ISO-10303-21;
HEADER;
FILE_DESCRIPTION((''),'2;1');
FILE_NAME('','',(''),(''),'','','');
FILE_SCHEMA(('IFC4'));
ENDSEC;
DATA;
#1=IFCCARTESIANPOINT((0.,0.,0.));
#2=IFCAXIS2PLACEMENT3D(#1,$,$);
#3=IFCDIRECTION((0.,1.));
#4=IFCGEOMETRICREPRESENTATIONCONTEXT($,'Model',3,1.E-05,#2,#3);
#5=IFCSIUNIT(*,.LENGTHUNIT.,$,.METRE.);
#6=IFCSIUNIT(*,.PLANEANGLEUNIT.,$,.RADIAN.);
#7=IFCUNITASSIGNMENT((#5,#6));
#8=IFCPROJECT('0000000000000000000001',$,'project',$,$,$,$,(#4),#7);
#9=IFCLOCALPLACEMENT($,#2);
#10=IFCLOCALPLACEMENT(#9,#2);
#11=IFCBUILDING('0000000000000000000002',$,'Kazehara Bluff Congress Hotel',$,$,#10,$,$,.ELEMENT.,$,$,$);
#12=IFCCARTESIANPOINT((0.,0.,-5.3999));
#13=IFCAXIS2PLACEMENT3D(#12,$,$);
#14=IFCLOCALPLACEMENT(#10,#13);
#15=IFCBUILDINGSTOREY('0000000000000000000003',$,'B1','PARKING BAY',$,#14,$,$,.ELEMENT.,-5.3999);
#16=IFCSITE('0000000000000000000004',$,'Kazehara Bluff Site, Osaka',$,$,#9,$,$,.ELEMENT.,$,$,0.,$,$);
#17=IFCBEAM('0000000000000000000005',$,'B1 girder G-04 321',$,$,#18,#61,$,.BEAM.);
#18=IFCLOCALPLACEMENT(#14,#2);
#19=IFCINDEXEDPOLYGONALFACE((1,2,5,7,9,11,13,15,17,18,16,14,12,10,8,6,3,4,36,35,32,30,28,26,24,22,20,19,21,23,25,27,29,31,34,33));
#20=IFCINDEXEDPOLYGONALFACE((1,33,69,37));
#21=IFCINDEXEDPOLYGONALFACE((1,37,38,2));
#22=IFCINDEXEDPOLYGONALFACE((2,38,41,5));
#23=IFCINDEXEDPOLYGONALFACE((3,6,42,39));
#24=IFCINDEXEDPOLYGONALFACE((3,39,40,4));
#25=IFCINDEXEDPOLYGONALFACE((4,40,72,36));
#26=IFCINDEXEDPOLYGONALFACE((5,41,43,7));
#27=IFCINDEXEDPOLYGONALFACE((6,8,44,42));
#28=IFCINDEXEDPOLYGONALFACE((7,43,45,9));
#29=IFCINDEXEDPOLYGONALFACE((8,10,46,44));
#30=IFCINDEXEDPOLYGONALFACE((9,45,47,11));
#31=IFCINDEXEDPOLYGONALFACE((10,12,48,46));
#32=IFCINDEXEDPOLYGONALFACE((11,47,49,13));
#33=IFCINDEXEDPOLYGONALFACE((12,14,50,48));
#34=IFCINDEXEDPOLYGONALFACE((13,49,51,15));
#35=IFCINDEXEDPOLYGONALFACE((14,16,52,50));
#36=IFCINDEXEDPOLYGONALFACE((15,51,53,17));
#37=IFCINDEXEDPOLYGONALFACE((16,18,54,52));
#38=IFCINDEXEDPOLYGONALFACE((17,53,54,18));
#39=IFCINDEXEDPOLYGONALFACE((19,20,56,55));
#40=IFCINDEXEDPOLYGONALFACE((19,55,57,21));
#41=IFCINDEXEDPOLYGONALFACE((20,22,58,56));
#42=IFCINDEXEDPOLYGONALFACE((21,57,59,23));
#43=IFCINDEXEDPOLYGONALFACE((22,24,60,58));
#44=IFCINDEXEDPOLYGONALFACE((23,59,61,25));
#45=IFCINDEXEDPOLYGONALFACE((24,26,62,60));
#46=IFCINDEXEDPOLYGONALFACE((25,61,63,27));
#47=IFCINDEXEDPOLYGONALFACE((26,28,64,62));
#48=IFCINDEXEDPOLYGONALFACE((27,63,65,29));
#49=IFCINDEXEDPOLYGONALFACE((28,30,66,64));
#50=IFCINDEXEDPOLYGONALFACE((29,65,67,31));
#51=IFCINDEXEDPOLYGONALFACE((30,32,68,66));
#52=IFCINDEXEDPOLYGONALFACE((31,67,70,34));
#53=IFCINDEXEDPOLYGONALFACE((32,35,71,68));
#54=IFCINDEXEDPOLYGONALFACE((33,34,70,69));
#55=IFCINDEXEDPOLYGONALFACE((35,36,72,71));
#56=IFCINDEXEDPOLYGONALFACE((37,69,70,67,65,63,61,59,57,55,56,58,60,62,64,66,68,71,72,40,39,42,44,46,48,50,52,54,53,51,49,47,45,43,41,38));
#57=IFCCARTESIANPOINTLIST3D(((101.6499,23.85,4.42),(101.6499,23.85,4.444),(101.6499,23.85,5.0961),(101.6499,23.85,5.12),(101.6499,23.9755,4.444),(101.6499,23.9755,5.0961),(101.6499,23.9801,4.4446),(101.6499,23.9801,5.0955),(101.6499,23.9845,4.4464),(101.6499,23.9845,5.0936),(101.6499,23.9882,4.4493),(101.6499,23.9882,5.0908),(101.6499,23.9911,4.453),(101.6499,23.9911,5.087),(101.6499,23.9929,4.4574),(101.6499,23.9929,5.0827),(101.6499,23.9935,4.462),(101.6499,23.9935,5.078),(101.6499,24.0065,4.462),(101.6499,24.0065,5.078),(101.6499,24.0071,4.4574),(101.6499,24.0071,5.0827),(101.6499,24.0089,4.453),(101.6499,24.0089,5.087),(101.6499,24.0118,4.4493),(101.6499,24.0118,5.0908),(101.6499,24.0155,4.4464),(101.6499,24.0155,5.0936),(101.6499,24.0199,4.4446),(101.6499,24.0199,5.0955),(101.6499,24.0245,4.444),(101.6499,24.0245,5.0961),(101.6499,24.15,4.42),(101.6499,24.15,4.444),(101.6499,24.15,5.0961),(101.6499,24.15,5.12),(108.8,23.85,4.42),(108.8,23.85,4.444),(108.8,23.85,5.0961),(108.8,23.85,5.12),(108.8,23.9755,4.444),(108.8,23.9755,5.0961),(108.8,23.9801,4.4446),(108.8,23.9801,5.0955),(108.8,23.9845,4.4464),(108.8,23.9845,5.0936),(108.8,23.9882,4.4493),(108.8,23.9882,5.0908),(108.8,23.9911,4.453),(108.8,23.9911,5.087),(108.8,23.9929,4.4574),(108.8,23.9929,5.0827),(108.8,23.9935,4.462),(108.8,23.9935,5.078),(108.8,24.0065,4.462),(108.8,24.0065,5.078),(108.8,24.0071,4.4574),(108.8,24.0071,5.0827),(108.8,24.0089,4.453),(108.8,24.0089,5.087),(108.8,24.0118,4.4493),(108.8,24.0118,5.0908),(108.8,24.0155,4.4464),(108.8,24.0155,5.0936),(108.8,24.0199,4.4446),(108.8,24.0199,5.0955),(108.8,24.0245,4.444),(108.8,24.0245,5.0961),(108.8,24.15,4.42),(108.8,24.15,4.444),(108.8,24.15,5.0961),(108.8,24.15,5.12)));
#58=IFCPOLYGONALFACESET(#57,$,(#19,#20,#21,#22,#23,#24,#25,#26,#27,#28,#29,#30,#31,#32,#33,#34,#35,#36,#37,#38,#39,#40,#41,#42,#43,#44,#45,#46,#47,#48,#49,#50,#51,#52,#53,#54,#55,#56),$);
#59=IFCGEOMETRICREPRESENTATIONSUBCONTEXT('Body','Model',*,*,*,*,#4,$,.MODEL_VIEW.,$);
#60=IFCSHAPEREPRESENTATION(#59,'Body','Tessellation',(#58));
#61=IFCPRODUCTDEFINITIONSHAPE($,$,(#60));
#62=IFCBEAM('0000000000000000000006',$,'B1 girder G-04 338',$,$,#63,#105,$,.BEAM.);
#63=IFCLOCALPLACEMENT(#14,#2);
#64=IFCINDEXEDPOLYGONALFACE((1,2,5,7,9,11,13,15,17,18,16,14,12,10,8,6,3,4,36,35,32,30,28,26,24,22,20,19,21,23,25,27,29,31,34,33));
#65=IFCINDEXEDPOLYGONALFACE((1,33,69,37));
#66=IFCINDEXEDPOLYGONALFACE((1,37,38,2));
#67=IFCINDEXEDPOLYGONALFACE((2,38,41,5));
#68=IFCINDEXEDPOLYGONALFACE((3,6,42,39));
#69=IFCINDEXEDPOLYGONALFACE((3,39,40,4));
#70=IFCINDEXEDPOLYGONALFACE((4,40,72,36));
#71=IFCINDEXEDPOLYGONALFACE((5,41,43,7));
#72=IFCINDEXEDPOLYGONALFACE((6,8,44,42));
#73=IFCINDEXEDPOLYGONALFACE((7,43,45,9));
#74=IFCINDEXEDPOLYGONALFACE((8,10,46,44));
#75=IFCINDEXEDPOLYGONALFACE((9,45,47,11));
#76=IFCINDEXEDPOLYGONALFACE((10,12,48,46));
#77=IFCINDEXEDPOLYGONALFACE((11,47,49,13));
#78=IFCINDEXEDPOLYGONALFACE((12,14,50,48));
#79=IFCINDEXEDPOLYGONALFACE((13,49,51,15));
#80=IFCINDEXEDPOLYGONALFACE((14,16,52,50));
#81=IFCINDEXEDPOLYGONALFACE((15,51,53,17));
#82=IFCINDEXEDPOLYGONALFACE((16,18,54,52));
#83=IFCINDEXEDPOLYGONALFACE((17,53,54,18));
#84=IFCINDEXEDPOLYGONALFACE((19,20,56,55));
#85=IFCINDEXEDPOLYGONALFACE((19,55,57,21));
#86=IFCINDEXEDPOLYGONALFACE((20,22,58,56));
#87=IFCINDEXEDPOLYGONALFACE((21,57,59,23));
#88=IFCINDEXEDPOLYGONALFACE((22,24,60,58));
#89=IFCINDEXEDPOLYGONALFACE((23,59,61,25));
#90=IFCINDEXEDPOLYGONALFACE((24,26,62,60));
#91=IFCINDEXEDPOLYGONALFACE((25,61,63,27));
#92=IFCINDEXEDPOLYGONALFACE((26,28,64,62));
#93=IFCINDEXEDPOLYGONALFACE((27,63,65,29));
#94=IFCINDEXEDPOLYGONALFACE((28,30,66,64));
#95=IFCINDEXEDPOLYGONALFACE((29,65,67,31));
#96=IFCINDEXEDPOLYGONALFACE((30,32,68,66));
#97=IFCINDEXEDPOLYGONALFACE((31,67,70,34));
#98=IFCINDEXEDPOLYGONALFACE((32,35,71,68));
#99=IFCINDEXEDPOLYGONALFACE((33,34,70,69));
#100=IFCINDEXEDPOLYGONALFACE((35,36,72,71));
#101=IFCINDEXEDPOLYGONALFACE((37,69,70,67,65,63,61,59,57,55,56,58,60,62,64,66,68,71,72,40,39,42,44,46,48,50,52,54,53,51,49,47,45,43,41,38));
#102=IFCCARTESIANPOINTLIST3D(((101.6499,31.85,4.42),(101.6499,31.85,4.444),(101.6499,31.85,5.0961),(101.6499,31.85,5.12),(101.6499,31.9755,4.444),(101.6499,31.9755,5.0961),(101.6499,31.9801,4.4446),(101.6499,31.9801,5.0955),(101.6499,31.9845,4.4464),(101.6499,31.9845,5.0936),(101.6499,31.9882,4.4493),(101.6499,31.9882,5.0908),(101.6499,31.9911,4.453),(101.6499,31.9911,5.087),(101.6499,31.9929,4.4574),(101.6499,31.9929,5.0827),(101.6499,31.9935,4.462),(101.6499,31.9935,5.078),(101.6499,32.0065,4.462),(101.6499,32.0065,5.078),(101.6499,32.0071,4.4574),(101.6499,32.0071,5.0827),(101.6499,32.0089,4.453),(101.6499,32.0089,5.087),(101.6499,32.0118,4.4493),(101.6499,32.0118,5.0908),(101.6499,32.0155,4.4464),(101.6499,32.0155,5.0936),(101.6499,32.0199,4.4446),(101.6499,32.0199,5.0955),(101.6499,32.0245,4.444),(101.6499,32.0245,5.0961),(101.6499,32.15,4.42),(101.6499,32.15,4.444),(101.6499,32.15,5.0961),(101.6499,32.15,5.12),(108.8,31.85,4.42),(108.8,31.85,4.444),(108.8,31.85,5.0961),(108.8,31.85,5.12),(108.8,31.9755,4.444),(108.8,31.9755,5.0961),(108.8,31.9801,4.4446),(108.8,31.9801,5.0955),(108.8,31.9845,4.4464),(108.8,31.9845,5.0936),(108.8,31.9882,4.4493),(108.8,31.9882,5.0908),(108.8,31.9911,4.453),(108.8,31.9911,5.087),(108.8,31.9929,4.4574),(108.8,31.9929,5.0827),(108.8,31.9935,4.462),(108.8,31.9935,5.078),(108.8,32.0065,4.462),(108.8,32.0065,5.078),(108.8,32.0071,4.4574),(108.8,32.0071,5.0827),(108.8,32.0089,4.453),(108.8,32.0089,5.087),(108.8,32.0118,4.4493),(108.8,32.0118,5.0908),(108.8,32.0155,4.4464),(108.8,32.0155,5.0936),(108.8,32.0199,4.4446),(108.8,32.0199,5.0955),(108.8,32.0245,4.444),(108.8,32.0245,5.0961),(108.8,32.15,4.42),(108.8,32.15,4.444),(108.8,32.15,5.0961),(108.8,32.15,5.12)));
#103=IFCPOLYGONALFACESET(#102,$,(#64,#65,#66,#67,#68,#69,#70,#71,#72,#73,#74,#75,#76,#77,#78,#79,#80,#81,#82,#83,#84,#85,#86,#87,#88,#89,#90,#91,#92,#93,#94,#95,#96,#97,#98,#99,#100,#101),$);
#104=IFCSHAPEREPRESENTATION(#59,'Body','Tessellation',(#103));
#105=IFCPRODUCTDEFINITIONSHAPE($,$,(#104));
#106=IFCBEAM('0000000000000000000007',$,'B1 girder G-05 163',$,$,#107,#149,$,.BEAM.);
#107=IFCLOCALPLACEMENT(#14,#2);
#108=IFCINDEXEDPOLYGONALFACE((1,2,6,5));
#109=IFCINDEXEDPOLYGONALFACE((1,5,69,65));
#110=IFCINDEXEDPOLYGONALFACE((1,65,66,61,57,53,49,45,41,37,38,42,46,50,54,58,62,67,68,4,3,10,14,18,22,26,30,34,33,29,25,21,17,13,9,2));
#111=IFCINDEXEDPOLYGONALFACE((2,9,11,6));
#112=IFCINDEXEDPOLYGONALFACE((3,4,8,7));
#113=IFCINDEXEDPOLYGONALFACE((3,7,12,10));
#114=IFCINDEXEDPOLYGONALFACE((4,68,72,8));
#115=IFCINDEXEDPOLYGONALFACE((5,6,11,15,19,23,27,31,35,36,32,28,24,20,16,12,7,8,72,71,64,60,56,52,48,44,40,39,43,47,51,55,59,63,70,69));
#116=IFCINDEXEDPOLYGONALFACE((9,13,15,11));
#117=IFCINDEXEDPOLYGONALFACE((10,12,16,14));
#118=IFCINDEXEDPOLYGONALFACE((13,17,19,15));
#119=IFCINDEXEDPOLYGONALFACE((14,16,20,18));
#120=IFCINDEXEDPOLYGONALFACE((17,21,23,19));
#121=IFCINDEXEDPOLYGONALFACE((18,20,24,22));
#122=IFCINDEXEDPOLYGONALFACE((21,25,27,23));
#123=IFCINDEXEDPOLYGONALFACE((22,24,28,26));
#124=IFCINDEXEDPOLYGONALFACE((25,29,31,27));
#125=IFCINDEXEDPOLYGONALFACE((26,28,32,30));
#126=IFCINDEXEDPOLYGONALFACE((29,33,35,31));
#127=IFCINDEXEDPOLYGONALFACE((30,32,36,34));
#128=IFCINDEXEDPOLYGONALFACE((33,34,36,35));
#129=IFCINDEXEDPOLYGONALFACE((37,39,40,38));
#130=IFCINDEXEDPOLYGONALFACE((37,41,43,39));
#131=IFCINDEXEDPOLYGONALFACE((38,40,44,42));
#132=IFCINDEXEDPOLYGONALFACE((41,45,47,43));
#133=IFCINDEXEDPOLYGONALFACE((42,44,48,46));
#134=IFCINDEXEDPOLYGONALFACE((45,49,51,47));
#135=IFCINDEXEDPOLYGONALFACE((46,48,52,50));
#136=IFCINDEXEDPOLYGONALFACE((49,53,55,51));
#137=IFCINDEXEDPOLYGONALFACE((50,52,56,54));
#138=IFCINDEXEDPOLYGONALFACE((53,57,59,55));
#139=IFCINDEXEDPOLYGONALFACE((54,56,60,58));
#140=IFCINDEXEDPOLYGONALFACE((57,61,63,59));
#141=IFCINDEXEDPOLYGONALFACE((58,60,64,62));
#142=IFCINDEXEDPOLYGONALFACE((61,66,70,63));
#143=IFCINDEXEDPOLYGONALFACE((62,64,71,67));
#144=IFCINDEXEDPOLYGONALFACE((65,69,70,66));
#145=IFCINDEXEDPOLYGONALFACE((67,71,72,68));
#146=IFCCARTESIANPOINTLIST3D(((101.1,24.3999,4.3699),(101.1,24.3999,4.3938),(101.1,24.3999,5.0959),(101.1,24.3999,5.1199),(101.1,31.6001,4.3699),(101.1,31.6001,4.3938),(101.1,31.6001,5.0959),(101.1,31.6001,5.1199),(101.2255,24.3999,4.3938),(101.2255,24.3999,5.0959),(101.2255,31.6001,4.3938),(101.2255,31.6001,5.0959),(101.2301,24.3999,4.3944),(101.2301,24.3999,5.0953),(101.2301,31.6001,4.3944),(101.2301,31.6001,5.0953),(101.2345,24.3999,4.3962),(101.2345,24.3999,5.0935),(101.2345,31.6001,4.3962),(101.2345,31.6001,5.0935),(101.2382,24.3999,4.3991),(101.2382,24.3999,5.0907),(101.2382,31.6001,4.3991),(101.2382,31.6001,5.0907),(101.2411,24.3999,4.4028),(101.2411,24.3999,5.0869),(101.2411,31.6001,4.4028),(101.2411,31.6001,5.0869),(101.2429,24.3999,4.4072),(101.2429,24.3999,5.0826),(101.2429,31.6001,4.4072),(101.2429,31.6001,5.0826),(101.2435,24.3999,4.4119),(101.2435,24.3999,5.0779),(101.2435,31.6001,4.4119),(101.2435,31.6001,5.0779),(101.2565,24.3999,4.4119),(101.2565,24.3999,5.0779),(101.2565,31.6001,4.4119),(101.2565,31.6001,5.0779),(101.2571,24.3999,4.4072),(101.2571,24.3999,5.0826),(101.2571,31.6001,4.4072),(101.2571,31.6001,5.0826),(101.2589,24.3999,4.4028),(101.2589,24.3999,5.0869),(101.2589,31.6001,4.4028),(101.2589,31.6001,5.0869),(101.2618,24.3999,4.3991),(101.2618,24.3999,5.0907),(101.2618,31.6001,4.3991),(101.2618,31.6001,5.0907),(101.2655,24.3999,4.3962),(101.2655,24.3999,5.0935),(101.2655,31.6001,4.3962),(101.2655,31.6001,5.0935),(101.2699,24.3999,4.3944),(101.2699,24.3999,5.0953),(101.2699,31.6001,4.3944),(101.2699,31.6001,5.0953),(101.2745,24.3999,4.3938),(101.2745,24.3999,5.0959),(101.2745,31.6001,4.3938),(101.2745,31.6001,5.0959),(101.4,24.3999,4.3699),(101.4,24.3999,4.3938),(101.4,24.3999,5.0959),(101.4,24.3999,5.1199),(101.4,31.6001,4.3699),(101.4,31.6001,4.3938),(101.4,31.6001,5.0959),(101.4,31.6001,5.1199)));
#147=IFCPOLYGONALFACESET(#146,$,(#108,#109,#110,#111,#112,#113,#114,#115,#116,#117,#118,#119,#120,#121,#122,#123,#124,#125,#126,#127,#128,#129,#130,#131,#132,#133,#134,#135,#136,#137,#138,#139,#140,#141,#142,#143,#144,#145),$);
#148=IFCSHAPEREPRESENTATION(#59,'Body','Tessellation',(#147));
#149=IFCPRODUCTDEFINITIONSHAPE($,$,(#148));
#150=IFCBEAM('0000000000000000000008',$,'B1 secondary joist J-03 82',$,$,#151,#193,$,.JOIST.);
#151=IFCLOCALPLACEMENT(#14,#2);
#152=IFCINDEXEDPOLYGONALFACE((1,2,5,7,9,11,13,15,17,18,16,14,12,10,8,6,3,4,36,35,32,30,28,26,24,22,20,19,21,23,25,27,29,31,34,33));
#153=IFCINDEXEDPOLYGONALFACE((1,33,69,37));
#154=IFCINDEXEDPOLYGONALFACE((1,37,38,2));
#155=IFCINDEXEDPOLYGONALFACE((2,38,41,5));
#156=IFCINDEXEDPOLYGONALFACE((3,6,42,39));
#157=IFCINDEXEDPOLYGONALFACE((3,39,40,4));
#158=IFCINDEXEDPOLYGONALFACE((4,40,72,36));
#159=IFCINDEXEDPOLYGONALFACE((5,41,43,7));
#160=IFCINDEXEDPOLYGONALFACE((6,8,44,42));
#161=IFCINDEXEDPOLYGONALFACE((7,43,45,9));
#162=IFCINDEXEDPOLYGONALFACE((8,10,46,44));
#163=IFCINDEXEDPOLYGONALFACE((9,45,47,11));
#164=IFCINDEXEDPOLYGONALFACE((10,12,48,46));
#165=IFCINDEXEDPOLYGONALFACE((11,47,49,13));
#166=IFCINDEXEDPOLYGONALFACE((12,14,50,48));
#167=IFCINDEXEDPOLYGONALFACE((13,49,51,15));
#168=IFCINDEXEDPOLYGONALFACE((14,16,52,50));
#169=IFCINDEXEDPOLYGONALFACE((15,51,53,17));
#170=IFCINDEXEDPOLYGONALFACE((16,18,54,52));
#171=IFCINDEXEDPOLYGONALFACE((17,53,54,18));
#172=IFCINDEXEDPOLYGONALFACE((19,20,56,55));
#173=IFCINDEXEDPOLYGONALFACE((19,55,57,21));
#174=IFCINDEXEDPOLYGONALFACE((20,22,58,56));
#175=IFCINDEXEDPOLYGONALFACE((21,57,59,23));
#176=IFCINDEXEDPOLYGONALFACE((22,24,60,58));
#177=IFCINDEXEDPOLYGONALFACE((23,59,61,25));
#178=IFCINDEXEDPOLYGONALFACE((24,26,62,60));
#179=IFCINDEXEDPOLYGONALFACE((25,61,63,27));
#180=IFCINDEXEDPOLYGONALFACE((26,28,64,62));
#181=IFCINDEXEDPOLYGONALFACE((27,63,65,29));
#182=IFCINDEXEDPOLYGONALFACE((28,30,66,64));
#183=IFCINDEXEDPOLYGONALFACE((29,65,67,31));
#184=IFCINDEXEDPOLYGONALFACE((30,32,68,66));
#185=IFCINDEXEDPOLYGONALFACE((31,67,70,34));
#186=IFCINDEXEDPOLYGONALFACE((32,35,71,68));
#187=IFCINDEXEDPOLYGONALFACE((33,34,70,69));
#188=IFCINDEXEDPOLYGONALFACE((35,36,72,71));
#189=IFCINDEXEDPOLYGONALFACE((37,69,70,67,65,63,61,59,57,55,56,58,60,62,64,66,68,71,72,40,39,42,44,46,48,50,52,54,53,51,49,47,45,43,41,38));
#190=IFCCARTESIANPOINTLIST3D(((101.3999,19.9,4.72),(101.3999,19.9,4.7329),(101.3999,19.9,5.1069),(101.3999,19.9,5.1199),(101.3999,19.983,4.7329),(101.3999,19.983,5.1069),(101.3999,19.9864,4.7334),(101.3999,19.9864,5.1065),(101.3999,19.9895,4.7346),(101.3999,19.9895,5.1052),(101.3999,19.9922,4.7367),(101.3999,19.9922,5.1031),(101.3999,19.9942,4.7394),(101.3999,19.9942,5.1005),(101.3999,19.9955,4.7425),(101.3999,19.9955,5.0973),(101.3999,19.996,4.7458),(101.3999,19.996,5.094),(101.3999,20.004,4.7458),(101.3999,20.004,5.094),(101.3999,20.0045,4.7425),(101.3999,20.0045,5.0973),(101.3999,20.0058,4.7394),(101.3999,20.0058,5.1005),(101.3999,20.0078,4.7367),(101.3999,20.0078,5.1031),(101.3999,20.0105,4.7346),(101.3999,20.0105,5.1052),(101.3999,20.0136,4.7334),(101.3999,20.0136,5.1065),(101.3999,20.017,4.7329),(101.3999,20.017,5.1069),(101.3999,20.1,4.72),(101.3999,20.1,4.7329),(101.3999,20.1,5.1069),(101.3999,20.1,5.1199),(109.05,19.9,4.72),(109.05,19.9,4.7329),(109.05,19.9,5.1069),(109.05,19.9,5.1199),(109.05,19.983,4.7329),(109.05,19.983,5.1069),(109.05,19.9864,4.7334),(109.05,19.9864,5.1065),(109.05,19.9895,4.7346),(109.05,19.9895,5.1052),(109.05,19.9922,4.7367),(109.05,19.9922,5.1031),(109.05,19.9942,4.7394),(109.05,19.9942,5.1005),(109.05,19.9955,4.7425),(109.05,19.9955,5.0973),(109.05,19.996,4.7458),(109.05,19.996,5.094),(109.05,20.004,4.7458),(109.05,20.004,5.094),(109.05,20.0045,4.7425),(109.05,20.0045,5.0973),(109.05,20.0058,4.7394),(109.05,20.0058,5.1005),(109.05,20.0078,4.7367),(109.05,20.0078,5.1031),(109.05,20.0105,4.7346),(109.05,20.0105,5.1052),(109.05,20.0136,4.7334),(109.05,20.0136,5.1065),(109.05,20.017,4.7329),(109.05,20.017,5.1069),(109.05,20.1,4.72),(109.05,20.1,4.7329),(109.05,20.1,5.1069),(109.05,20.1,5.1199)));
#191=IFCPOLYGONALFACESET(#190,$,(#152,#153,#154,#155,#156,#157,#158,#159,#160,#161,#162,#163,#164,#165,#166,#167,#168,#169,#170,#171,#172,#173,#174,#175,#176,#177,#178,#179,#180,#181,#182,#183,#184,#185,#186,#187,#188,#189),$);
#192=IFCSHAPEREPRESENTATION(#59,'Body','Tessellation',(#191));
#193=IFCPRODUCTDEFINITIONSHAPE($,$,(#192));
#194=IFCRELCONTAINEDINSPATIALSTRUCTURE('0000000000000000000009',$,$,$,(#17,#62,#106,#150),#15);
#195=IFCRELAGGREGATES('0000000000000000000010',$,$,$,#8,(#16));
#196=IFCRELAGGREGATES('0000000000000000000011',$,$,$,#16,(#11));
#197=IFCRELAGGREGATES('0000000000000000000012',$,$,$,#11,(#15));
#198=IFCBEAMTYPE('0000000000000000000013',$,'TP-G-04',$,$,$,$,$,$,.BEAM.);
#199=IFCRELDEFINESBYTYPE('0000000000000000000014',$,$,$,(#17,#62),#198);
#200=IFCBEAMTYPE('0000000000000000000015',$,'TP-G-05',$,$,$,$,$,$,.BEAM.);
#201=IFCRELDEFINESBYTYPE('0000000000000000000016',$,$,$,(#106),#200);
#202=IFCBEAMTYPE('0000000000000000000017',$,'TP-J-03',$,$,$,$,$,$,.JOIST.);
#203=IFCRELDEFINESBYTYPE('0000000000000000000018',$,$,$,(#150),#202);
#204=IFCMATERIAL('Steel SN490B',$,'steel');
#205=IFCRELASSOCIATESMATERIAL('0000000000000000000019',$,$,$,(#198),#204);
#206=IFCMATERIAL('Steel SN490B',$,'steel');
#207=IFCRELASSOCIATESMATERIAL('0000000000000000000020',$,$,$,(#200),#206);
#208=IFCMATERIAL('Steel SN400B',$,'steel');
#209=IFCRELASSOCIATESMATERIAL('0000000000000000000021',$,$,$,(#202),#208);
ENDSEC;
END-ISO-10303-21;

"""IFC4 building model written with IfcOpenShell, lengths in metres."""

from ifc_helpers import new_model, si_unit, direction, frame, origin, origin_2d, place, context, subcontext, project, spatial, i_section, extrude, material, material_profile, profile_set, type_object, element, save


model = new_model("IFC4")

# Units and contexts
model_context = context("Model", 3, precision=1e-05, world=origin(), true_north=direction((0.0, 1.0)))
body_context = subcontext(model_context, "Body", "Model", "MODEL_VIEW")
ifc_project = project(units=[si_unit("LENGTHUNIT", "METRE"), si_unit("PLANEANGLEUNIT", "RADIAN")], contexts=[model_context])

# Site, building, storey
site_placement = place(None, origin())
site = spatial("IfcSite", under=ifc_project, at=site_placement, Name="Kazehara Bluff Site, Osaka", CompositionType="ELEMENT", RefElevation=0.0)
building_placement = place(site_placement, origin())
building = spatial("IfcBuilding", under=site, at=building_placement, Name="Kazehara Bluff Congress Hotel", CompositionType="ELEMENT")
storey_placement = place(building_placement, frame((0.0, 0.0, -5.3999)))
storey = spatial("IfcBuildingStorey", under=building, at=storey_placement, Name="B1", Description="PARKING BAY", CompositionType="ELEMENT", Elevation=-5.3999)

# Beams
ifc_material_1 = material(Name="Steel SN490B", Category="steel")
ifc_material_profile_1 = material_profile(ifc_material_1, i_section(OverallWidth=0.3, OverallDepth=0.7, WebThickness=0.0129, FlangeThickness=0.0239, FilletRadius=0.0181, at=origin_2d()))
ifc_profile_set_1 = profile_set([ifc_material_profile_1], Name="Steel SN490B")
beam_type_1 = type_object("IfcBeamType", Name="TP-G-04", PredefinedType="BEAM", material=ifc_profile_set_1)
for number, where, z_axis, x_axis, name in (
    (1, (101.6499, 24.0, 4.77), (1.0, 0.0, 0.0), (0.0, 1.0, 0.0), "B1 girder G-04 321"),
    (2, (101.6499, 32.0, 4.77), (1.0, 0.0, 0.0), (0.0, 1.0, 0.0), "B1 girder G-04 338"),
):
    element("IfcBeam", number, at=place(storey_placement, frame(where, z_axis=z_axis, x_axis=x_axis)), inside=storey, type_object=beam_type_1, Name=name, PredefinedType="BEAM", context=body_context, shape_type="SweptSolid", body=[
        extrude(i_section(OverallWidth=0.3, OverallDepth=0.7, WebThickness=0.0129, FlangeThickness=0.0239, FilletRadius=0.0181, at=origin_2d()), origin(), (0.0, 0.0, 1.0), 7.1501),
    ])
ifc_material_2 = material(Name="Steel SN490B", Category="steel")
ifc_material_profile_2 = material_profile(ifc_material_2, i_section(OverallWidth=0.3, OverallDepth=0.75, WebThickness=0.0129, FlangeThickness=0.0239, FilletRadius=0.0181, at=origin_2d()))
ifc_profile_set_2 = profile_set([ifc_material_profile_2], Name="Steel SN490B")
beam_type_2 = type_object("IfcBeamType", Name="TP-G-05", PredefinedType="BEAM", material=ifc_profile_set_2)
beam_placement = place(storey_placement, frame((101.25, 24.3999, 4.7449), z_axis=(0.0, 1.0, 0.0), x_axis=(-1.0, 0.0, 0.0)))
element("IfcBeam", 3, at=beam_placement, inside=storey, type_object=beam_type_2, Name="B1 girder G-05 163", PredefinedType="BEAM", context=body_context, shape_type="SweptSolid", body=[
    extrude(i_section(OverallWidth=0.3, OverallDepth=0.75, WebThickness=0.0129, FlangeThickness=0.0239, FilletRadius=0.0181, at=origin_2d()), origin(), (0.0, 0.0, 1.0), 7.2002),
])
ifc_material_3 = material(Name="Steel SN400B", Category="steel")
ifc_material_profile_3 = material_profile(ifc_material_3, i_section(OverallWidth=0.2, OverallDepth=0.3999, WebThickness=0.0081, FlangeThickness=0.0129, FilletRadius=0.0129, at=origin_2d()))
ifc_profile_set_3 = profile_set([ifc_material_profile_3], Name="Steel SN400B")
beam_type_3 = type_object("IfcBeamType", Name="TP-J-03", PredefinedType="JOIST", material=ifc_profile_set_3)
for number, where, z_axis, x_axis, name in (
    (4, (101.3999, 20.0, 4.9199), (1.0, 0.0, 0.0), (0.0, 1.0, 0.0), "B1 secondary joist J-03 82"),
):
    element("IfcBeam", number, at=place(storey_placement, frame(where, z_axis=z_axis, x_axis=x_axis)), inside=storey, type_object=beam_type_3, Name=name, PredefinedType="JOIST", context=body_context, shape_type="SweptSolid", body=[
        extrude(i_section(OverallWidth=0.2, OverallDepth=0.3999, WebThickness=0.0081, FlangeThickness=0.0129, FilletRadius=0.0129, at=origin_2d()), origin(), (0.0, 0.0, 1.0), 7.6501),
    ])

save(model, "model.ifc")
